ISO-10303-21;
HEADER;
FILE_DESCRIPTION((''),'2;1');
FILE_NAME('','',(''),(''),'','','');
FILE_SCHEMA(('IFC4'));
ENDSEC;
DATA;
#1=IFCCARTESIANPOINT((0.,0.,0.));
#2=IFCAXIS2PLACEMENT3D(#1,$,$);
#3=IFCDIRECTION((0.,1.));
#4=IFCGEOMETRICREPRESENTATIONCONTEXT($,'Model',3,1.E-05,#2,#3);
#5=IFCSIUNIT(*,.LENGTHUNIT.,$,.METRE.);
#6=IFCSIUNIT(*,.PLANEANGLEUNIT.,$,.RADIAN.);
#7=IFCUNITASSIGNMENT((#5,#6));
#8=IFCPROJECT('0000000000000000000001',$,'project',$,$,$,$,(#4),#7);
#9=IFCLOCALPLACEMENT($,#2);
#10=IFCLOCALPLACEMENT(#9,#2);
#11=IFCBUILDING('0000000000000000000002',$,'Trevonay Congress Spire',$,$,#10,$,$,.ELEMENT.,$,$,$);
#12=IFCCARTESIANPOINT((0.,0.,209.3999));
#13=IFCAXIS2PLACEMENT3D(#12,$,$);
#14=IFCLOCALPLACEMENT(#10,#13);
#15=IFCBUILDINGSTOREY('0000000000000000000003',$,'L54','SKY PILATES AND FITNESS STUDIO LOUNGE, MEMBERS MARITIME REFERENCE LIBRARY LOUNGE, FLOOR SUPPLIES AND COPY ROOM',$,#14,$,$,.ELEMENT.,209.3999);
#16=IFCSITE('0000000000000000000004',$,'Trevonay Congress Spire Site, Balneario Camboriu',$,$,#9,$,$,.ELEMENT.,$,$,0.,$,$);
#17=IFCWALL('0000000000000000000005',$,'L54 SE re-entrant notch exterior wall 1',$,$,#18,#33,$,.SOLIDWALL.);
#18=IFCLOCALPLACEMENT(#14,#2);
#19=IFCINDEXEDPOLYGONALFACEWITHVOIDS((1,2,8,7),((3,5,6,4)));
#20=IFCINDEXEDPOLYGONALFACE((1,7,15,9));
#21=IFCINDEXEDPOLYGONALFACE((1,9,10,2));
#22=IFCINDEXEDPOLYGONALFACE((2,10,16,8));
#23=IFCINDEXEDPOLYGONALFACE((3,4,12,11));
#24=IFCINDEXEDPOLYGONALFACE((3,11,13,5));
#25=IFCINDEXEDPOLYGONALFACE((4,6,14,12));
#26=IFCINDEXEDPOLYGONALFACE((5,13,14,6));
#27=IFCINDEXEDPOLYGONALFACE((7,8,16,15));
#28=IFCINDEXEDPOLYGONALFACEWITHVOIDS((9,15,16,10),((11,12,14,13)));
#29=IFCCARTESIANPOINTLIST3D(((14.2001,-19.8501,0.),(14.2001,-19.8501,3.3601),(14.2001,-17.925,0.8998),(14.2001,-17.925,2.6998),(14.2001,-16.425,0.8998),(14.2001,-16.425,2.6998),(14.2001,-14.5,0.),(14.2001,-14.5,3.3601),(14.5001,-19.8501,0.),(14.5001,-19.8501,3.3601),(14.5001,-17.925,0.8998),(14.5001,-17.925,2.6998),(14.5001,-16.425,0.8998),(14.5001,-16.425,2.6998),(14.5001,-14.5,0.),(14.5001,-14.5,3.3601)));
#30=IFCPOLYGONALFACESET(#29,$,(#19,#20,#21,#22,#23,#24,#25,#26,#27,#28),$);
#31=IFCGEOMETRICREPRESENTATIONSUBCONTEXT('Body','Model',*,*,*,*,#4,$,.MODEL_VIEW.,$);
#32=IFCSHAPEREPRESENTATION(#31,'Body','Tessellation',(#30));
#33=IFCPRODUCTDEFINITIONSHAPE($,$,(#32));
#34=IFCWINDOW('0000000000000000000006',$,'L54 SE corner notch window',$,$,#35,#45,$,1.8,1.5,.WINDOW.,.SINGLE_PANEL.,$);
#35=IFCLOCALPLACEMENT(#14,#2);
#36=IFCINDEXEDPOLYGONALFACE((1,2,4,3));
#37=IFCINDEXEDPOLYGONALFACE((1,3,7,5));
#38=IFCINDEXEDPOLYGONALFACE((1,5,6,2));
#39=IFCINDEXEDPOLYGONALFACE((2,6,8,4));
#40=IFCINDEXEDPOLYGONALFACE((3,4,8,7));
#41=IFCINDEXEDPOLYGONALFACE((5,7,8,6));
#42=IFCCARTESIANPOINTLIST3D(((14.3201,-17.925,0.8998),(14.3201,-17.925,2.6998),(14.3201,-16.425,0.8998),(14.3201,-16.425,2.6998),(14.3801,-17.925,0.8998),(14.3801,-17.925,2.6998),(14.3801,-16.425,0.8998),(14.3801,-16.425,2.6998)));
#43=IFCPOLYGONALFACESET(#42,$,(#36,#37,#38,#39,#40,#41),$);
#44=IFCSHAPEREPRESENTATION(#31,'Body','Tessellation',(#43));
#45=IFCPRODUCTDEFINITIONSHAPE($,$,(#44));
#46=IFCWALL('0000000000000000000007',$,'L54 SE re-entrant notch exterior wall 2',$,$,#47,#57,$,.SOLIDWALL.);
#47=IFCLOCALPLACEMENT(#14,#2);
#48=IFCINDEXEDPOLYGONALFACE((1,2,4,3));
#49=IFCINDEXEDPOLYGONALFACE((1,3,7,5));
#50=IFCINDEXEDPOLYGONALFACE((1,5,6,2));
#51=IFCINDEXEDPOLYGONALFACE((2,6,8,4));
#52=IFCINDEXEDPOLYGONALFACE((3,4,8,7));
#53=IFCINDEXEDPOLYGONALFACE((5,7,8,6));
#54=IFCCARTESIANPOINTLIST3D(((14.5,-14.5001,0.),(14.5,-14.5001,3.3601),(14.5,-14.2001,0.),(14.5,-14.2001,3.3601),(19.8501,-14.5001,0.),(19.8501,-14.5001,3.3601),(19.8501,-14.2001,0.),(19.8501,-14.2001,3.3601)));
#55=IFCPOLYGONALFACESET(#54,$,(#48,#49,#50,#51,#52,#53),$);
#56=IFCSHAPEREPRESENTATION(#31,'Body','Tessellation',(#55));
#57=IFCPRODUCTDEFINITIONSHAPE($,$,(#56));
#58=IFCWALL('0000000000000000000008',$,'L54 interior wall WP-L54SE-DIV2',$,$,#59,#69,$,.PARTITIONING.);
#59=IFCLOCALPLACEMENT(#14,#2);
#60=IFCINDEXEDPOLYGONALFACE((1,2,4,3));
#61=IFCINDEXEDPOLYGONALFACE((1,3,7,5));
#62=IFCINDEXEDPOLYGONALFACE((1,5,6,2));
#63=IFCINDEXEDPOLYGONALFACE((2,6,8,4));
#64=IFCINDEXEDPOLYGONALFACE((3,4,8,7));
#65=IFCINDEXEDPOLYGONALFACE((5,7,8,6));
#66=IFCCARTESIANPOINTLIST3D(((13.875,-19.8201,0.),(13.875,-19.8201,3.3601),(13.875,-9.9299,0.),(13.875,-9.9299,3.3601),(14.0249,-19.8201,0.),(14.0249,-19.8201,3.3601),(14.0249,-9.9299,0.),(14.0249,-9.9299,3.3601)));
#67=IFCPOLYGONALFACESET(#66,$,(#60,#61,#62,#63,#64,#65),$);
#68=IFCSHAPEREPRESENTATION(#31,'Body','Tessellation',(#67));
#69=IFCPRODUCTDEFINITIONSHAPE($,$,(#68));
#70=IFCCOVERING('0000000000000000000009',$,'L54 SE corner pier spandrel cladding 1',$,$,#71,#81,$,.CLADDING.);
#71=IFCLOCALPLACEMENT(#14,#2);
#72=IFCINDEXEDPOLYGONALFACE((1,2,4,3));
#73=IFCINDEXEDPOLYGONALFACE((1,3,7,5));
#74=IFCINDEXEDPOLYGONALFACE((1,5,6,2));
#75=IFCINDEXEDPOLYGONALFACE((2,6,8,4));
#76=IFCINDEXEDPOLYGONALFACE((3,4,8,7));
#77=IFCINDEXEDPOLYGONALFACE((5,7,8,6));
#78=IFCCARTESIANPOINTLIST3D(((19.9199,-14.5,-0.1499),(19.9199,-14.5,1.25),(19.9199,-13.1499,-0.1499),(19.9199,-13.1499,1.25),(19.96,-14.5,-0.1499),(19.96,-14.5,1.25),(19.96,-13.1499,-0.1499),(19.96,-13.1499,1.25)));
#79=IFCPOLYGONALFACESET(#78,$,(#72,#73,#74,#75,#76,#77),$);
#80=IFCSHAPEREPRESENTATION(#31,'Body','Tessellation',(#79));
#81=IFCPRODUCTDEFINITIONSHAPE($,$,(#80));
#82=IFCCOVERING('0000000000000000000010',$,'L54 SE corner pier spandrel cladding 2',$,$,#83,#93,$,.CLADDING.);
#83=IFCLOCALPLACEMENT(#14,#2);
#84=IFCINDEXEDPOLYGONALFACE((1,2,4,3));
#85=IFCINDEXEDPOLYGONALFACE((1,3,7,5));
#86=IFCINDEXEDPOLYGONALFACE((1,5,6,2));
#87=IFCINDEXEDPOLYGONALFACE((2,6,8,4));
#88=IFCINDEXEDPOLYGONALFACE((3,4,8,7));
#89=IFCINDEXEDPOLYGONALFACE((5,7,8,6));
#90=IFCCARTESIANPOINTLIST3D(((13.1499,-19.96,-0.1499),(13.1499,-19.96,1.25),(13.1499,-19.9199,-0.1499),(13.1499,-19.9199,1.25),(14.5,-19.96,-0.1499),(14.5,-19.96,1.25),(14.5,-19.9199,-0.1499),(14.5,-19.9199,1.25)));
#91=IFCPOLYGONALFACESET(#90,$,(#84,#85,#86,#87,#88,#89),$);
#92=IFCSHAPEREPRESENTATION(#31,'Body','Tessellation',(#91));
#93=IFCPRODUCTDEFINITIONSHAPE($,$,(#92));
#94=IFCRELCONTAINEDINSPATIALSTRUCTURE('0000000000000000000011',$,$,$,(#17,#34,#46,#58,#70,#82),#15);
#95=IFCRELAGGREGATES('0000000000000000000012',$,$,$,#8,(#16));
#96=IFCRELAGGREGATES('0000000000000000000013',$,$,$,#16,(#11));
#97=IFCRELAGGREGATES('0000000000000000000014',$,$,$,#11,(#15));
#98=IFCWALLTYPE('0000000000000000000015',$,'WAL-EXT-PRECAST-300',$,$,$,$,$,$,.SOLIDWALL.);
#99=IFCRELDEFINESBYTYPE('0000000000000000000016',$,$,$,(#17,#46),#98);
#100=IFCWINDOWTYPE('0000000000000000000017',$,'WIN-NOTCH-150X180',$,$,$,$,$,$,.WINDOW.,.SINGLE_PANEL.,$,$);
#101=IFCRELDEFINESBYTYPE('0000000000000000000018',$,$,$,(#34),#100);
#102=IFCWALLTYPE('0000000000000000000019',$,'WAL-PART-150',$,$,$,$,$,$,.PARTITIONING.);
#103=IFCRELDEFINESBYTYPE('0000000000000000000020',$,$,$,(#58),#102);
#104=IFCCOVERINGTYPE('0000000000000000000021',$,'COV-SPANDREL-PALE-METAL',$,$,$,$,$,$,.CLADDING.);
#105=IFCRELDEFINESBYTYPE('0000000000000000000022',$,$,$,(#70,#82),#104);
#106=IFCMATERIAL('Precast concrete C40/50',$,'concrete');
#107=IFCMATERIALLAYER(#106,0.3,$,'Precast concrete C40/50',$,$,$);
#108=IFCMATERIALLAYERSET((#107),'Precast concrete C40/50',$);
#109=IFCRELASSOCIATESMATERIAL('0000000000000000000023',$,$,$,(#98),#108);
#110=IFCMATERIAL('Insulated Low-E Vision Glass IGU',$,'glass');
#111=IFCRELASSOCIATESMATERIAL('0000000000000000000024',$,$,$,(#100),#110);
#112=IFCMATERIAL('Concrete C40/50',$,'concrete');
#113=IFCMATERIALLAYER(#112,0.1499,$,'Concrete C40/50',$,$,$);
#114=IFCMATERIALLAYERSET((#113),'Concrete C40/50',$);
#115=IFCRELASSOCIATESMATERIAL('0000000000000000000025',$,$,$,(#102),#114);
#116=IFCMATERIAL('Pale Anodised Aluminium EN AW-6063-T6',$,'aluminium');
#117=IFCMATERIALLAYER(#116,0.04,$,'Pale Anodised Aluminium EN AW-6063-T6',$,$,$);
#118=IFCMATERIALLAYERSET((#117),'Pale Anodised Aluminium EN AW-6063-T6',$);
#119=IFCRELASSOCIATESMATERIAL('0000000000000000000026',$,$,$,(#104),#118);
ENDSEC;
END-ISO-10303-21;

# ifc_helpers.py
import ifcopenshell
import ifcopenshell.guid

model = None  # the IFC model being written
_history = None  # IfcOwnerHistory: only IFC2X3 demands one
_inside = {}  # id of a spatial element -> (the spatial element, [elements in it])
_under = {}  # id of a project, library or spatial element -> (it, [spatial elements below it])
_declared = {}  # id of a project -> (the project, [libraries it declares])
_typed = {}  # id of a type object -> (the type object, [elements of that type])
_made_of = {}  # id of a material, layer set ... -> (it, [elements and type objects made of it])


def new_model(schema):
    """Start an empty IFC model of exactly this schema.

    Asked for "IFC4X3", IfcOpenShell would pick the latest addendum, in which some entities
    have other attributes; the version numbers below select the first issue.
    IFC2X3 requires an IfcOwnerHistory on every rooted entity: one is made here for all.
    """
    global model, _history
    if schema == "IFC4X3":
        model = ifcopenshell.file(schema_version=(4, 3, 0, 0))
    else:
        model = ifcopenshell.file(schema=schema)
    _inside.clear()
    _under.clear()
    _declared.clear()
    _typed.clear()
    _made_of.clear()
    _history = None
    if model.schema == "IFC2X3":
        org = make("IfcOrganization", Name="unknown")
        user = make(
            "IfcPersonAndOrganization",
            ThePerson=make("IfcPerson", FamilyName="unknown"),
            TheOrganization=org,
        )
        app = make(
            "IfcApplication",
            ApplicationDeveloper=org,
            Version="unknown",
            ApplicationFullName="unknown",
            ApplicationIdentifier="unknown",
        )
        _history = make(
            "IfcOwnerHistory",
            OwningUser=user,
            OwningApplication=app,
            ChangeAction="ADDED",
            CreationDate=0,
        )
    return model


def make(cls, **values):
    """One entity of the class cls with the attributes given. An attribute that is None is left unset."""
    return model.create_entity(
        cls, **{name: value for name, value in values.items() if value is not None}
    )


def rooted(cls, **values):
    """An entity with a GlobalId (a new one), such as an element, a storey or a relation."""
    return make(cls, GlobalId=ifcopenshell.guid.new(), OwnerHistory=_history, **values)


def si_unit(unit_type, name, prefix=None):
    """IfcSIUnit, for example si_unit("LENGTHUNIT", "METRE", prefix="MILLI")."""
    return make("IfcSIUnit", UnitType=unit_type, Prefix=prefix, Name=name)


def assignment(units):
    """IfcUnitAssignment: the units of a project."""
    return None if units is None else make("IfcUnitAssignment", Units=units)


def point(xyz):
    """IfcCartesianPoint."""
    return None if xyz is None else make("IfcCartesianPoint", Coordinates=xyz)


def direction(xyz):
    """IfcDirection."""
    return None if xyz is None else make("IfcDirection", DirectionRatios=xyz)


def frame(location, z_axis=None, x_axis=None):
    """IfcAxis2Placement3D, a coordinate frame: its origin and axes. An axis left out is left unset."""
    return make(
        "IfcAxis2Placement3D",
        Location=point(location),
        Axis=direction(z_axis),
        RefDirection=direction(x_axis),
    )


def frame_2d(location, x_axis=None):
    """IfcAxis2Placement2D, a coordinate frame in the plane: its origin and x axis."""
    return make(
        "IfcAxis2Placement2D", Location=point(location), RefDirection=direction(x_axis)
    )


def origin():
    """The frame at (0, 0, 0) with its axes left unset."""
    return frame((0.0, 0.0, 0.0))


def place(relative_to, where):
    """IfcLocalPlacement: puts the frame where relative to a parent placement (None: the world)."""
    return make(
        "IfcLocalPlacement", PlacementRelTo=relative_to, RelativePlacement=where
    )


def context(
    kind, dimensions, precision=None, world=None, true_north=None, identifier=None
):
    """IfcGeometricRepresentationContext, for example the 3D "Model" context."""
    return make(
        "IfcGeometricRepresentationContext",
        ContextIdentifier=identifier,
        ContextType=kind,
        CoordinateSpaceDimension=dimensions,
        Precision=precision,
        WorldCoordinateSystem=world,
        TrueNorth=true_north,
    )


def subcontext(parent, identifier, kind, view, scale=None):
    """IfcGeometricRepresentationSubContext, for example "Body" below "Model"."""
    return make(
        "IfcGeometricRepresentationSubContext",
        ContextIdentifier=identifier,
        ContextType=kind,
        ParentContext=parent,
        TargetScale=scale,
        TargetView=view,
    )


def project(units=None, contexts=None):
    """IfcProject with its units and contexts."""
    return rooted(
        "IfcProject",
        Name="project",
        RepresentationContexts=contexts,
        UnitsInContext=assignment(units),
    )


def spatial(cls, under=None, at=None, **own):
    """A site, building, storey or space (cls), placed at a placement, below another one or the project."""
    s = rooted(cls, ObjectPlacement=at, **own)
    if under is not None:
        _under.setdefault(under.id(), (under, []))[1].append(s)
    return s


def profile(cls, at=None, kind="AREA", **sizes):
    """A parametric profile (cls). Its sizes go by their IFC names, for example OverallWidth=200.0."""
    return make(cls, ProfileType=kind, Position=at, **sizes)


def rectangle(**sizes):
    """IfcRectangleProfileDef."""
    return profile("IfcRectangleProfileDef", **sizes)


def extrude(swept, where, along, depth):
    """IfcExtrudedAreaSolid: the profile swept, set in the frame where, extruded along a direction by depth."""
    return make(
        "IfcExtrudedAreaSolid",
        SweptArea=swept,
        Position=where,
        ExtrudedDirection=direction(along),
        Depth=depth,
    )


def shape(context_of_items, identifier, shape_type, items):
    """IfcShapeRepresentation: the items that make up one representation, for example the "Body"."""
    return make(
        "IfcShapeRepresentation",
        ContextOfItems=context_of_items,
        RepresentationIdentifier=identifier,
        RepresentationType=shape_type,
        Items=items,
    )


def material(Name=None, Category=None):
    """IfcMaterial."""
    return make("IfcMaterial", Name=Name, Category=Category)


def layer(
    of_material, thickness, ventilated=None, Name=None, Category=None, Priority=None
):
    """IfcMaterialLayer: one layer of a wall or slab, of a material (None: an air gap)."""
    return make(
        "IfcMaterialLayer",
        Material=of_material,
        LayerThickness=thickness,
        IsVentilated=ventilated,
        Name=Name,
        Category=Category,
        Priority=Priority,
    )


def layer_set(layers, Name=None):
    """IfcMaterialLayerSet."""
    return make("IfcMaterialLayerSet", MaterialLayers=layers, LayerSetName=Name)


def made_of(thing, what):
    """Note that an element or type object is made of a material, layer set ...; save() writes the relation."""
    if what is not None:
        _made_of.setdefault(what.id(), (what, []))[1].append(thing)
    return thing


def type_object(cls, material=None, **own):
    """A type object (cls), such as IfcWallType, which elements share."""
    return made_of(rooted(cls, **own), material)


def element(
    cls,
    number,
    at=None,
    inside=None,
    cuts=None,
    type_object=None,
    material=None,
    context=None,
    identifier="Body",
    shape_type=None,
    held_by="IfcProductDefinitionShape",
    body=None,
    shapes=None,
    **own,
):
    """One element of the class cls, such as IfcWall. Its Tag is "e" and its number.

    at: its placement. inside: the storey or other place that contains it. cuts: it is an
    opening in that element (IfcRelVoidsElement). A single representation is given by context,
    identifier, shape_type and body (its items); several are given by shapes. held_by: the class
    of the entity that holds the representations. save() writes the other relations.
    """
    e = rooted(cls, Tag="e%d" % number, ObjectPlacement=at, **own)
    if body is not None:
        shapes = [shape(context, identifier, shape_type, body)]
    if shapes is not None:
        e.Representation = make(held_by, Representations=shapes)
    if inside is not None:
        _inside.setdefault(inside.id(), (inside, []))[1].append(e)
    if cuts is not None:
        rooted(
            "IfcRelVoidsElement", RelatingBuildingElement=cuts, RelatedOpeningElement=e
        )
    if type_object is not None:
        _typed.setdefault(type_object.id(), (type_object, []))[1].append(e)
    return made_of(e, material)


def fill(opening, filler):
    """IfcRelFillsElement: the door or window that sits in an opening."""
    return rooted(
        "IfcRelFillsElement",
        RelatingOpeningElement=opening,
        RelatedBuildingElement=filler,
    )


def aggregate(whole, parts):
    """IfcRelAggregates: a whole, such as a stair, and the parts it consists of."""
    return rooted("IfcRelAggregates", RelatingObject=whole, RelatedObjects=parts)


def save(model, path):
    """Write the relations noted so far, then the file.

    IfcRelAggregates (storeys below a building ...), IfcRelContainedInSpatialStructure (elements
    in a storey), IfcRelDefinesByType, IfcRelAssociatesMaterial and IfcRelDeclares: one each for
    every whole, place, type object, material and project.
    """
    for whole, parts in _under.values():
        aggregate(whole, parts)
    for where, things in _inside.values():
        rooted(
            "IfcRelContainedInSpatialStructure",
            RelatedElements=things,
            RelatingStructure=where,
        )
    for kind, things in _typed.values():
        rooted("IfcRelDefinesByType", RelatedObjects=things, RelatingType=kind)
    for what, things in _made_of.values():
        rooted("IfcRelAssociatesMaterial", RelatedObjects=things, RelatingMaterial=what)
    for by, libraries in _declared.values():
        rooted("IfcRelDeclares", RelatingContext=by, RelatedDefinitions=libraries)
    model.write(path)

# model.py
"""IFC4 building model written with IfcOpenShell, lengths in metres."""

from ifc_helpers import new_model, si_unit, direction, frame, frame_2d, origin, place, context, subcontext, project, spatial, rectangle, extrude, material, layer, layer_set, type_object, element, fill, save


model = new_model("IFC4")

# Units and contexts
model_context = context("Model", 3, precision=1e-05, world=origin(), true_north=direction((0.0, 1.0)))
body_context = subcontext(model_context, "Body", "Model", "MODEL_VIEW")
ifc_project = project(units=[si_unit("LENGTHUNIT", "METRE"), si_unit("PLANEANGLEUNIT", "RADIAN")], contexts=[model_context])

# Site, building, storey
site_placement = place(None, origin())
site = spatial("IfcSite", under=ifc_project, at=site_placement, Name="Trevonay Congress Spire Site, Balneario Camboriu", CompositionType="ELEMENT", RefElevation=0.0)
building_placement = place(site_placement, origin())
building = spatial("IfcBuilding", under=site, at=building_placement, Name="Trevonay Congress Spire", CompositionType="ELEMENT")
storey_placement = place(building_placement, frame((0.0, 0.0, 209.3999)))
storey = spatial("IfcBuildingStorey", under=building, at=storey_placement, Name="L54", Description="SKY PILATES AND FITNESS STUDIO LOUNGE, MEMBERS MARITIME REFERENCE LIBRARY LOUNGE, FLOOR SUPPLIES AND COPY ROOM", CompositionType="ELEMENT", Elevation=209.3999)

# Shared definitions
ifc_material_1 = material(Name="Pale Anodised Aluminium EN AW-6063-T6", Category="aluminium")

# Shared definitions
ifc_material_2 = material(Name="Insulated Low-E Vision Glass IGU", Category="glass")

# Wall, opening, window
ifc_material_3 = material(Name="Precast concrete C40/50", Category="concrete")
ifc_layer_1 = layer(ifc_material_3, 0.3, Name="Precast concrete C40/50")
ifc_layer_set_1 = layer_set([ifc_layer_1], Name="Precast concrete C40/50")
wall_type_1 = type_object("IfcWallType", Name="WAL-EXT-PRECAST-300", PredefinedType="SOLIDWALL", material=ifc_layer_set_1)
wall_1_placement = place(storey_placement, frame((14.3501, -19.8501, 0.0), z_axis=(0.0, 0.0, 1.0), x_axis=(0.0, 1.0, 0.0)))
wall_1 = element("IfcWall", 1, at=wall_1_placement, inside=storey, type_object=wall_type_1, Name="L54 SE re-entrant notch exterior wall 1", PredefinedType="SOLIDWALL", context=body_context, shape_type="SweptSolid", body=[
    extrude(rectangle(XDim=5.3501, YDim=0.3, at=frame_2d((2.675, 0.0))), origin(), (0.0, 0.0, 1.0), 3.3601),
])
opening_placement = place(wall_1_placement, frame((1.925, 0.0, 0.8999)))
opening = element("IfcOpeningElement", 2, at=opening_placement, cuts=wall_1, PredefinedType="OPENING", context=body_context, shape_type="SweptSolid", body=[
    extrude(rectangle(XDim=1.5, YDim=1.8, at=frame_2d((0.75, 0.8999))), frame((0.0, 0.1602, 0.0), z_axis=(0.0, -1.0, 0.0), x_axis=(1.0, 0.0, 0.0)), (0.0, 0.0, 1.0), 0.3201),
])
window_type = type_object("IfcWindowType", Name="WIN-NOTCH-150X180", PartitioningType="SINGLE_PANEL", PredefinedType="WINDOW", material=ifc_material_2)
window_placement = place(opening_placement, origin())
window = element("IfcWindow", 3, at=window_placement, inside=storey, type_object=window_type, Name="L54 SE corner notch window", OverallHeight=1.8, OverallWidth=1.5, PartitioningType="SINGLE_PANEL", PredefinedType="WINDOW", context=body_context, shape_type="SweptSolid", body=[
    extrude(rectangle(XDim=1.5, YDim=1.8, at=frame_2d((0.75, 0.8999))), frame((0.0, 0.03, 0.0), z_axis=(0.0, -1.0, 0.0), x_axis=(1.0, 0.0, 0.0)), (0.0, 0.0, 1.0), 0.0601),
])
fill(opening, window)

# Walls
wall_2_placement = place(storey_placement, frame((19.8501, -14.3501, 0.0), z_axis=(0.0, 0.0, 1.0), x_axis=(-1.0, 0.0, 0.0)))
element("IfcWall", 4, at=wall_2_placement, inside=storey, type_object=wall_type_1, Name="L54 SE re-entrant notch exterior wall 2", PredefinedType="SOLIDWALL", context=body_context, shape_type="SweptSolid", body=[
    extrude(rectangle(XDim=5.3501, YDim=0.3, at=frame_2d((2.675, 0.0))), origin(), (0.0, 0.0, 1.0), 3.3601),
])
ifc_material_4 = material(Name="Concrete C40/50", Category="concrete")
ifc_layer_2 = layer(ifc_material_4, 0.1499, Name="Concrete C40/50")
ifc_layer_set_2 = layer_set([ifc_layer_2], Name="Concrete C40/50")
wall_type_2 = type_object("IfcWallType", Name="WAL-PART-150", PredefinedType="PARTITIONING", material=ifc_layer_set_2)
wall_3_placement = place(storey_placement, frame((13.95, -19.8201, 0.0), z_axis=(0.0, 0.0, 1.0), x_axis=(0.0, 1.0, 0.0)))
element("IfcWall", 5, at=wall_3_placement, inside=storey, type_object=wall_type_2, Name="L54 interior wall WP-L54SE-DIV2", PredefinedType="PARTITIONING", context=body_context, shape_type="SweptSolid", body=[
    extrude(rectangle(XDim=9.8901, YDim=0.1499, at=frame_2d((4.9451, 0.0))), origin(), (0.0, 0.0, 1.0), 3.3601),
])

# Coverings
ifc_layer_3 = layer(ifc_material_1, 0.04, Name="Pale Anodised Aluminium EN AW-6063-T6")
ifc_layer_set_3 = layer_set([ifc_layer_3], Name="Pale Anodised Aluminium EN AW-6063-T6")
covering_type = type_object("IfcCoveringType", Name="COV-SPANDREL-PALE-METAL", PredefinedType="CLADDING", material=ifc_layer_set_3)
for number, where, z_axis, x_axis, name in (
    (6, (19.9399, -13.1499, -0.1499), (0.0, 0.0, 1.0), (0.0, -1.0, 0.0), "L54 SE corner pier spandrel cladding 1"),
    (7, (13.1499, -19.9399, -0.1499), (0.0, 0.0, 1.0), (1.0, 0.0, 0.0), "L54 SE corner pier spandrel cladding 2"),
):
    element("IfcCovering", number, at=place(storey_placement, frame(where, z_axis=z_axis, x_axis=x_axis)), inside=storey, type_object=covering_type, Name=name, PredefinedType="CLADDING", context=body_context, shape_type="SweptSolid", body=[
        extrude(rectangle(XDim=1.3501, YDim=0.04, at=frame_2d((0.675, 0.0))), origin(), (0.0, 0.0, 1.0), 1.3999),
    ])

save(model, "model.ifc")
